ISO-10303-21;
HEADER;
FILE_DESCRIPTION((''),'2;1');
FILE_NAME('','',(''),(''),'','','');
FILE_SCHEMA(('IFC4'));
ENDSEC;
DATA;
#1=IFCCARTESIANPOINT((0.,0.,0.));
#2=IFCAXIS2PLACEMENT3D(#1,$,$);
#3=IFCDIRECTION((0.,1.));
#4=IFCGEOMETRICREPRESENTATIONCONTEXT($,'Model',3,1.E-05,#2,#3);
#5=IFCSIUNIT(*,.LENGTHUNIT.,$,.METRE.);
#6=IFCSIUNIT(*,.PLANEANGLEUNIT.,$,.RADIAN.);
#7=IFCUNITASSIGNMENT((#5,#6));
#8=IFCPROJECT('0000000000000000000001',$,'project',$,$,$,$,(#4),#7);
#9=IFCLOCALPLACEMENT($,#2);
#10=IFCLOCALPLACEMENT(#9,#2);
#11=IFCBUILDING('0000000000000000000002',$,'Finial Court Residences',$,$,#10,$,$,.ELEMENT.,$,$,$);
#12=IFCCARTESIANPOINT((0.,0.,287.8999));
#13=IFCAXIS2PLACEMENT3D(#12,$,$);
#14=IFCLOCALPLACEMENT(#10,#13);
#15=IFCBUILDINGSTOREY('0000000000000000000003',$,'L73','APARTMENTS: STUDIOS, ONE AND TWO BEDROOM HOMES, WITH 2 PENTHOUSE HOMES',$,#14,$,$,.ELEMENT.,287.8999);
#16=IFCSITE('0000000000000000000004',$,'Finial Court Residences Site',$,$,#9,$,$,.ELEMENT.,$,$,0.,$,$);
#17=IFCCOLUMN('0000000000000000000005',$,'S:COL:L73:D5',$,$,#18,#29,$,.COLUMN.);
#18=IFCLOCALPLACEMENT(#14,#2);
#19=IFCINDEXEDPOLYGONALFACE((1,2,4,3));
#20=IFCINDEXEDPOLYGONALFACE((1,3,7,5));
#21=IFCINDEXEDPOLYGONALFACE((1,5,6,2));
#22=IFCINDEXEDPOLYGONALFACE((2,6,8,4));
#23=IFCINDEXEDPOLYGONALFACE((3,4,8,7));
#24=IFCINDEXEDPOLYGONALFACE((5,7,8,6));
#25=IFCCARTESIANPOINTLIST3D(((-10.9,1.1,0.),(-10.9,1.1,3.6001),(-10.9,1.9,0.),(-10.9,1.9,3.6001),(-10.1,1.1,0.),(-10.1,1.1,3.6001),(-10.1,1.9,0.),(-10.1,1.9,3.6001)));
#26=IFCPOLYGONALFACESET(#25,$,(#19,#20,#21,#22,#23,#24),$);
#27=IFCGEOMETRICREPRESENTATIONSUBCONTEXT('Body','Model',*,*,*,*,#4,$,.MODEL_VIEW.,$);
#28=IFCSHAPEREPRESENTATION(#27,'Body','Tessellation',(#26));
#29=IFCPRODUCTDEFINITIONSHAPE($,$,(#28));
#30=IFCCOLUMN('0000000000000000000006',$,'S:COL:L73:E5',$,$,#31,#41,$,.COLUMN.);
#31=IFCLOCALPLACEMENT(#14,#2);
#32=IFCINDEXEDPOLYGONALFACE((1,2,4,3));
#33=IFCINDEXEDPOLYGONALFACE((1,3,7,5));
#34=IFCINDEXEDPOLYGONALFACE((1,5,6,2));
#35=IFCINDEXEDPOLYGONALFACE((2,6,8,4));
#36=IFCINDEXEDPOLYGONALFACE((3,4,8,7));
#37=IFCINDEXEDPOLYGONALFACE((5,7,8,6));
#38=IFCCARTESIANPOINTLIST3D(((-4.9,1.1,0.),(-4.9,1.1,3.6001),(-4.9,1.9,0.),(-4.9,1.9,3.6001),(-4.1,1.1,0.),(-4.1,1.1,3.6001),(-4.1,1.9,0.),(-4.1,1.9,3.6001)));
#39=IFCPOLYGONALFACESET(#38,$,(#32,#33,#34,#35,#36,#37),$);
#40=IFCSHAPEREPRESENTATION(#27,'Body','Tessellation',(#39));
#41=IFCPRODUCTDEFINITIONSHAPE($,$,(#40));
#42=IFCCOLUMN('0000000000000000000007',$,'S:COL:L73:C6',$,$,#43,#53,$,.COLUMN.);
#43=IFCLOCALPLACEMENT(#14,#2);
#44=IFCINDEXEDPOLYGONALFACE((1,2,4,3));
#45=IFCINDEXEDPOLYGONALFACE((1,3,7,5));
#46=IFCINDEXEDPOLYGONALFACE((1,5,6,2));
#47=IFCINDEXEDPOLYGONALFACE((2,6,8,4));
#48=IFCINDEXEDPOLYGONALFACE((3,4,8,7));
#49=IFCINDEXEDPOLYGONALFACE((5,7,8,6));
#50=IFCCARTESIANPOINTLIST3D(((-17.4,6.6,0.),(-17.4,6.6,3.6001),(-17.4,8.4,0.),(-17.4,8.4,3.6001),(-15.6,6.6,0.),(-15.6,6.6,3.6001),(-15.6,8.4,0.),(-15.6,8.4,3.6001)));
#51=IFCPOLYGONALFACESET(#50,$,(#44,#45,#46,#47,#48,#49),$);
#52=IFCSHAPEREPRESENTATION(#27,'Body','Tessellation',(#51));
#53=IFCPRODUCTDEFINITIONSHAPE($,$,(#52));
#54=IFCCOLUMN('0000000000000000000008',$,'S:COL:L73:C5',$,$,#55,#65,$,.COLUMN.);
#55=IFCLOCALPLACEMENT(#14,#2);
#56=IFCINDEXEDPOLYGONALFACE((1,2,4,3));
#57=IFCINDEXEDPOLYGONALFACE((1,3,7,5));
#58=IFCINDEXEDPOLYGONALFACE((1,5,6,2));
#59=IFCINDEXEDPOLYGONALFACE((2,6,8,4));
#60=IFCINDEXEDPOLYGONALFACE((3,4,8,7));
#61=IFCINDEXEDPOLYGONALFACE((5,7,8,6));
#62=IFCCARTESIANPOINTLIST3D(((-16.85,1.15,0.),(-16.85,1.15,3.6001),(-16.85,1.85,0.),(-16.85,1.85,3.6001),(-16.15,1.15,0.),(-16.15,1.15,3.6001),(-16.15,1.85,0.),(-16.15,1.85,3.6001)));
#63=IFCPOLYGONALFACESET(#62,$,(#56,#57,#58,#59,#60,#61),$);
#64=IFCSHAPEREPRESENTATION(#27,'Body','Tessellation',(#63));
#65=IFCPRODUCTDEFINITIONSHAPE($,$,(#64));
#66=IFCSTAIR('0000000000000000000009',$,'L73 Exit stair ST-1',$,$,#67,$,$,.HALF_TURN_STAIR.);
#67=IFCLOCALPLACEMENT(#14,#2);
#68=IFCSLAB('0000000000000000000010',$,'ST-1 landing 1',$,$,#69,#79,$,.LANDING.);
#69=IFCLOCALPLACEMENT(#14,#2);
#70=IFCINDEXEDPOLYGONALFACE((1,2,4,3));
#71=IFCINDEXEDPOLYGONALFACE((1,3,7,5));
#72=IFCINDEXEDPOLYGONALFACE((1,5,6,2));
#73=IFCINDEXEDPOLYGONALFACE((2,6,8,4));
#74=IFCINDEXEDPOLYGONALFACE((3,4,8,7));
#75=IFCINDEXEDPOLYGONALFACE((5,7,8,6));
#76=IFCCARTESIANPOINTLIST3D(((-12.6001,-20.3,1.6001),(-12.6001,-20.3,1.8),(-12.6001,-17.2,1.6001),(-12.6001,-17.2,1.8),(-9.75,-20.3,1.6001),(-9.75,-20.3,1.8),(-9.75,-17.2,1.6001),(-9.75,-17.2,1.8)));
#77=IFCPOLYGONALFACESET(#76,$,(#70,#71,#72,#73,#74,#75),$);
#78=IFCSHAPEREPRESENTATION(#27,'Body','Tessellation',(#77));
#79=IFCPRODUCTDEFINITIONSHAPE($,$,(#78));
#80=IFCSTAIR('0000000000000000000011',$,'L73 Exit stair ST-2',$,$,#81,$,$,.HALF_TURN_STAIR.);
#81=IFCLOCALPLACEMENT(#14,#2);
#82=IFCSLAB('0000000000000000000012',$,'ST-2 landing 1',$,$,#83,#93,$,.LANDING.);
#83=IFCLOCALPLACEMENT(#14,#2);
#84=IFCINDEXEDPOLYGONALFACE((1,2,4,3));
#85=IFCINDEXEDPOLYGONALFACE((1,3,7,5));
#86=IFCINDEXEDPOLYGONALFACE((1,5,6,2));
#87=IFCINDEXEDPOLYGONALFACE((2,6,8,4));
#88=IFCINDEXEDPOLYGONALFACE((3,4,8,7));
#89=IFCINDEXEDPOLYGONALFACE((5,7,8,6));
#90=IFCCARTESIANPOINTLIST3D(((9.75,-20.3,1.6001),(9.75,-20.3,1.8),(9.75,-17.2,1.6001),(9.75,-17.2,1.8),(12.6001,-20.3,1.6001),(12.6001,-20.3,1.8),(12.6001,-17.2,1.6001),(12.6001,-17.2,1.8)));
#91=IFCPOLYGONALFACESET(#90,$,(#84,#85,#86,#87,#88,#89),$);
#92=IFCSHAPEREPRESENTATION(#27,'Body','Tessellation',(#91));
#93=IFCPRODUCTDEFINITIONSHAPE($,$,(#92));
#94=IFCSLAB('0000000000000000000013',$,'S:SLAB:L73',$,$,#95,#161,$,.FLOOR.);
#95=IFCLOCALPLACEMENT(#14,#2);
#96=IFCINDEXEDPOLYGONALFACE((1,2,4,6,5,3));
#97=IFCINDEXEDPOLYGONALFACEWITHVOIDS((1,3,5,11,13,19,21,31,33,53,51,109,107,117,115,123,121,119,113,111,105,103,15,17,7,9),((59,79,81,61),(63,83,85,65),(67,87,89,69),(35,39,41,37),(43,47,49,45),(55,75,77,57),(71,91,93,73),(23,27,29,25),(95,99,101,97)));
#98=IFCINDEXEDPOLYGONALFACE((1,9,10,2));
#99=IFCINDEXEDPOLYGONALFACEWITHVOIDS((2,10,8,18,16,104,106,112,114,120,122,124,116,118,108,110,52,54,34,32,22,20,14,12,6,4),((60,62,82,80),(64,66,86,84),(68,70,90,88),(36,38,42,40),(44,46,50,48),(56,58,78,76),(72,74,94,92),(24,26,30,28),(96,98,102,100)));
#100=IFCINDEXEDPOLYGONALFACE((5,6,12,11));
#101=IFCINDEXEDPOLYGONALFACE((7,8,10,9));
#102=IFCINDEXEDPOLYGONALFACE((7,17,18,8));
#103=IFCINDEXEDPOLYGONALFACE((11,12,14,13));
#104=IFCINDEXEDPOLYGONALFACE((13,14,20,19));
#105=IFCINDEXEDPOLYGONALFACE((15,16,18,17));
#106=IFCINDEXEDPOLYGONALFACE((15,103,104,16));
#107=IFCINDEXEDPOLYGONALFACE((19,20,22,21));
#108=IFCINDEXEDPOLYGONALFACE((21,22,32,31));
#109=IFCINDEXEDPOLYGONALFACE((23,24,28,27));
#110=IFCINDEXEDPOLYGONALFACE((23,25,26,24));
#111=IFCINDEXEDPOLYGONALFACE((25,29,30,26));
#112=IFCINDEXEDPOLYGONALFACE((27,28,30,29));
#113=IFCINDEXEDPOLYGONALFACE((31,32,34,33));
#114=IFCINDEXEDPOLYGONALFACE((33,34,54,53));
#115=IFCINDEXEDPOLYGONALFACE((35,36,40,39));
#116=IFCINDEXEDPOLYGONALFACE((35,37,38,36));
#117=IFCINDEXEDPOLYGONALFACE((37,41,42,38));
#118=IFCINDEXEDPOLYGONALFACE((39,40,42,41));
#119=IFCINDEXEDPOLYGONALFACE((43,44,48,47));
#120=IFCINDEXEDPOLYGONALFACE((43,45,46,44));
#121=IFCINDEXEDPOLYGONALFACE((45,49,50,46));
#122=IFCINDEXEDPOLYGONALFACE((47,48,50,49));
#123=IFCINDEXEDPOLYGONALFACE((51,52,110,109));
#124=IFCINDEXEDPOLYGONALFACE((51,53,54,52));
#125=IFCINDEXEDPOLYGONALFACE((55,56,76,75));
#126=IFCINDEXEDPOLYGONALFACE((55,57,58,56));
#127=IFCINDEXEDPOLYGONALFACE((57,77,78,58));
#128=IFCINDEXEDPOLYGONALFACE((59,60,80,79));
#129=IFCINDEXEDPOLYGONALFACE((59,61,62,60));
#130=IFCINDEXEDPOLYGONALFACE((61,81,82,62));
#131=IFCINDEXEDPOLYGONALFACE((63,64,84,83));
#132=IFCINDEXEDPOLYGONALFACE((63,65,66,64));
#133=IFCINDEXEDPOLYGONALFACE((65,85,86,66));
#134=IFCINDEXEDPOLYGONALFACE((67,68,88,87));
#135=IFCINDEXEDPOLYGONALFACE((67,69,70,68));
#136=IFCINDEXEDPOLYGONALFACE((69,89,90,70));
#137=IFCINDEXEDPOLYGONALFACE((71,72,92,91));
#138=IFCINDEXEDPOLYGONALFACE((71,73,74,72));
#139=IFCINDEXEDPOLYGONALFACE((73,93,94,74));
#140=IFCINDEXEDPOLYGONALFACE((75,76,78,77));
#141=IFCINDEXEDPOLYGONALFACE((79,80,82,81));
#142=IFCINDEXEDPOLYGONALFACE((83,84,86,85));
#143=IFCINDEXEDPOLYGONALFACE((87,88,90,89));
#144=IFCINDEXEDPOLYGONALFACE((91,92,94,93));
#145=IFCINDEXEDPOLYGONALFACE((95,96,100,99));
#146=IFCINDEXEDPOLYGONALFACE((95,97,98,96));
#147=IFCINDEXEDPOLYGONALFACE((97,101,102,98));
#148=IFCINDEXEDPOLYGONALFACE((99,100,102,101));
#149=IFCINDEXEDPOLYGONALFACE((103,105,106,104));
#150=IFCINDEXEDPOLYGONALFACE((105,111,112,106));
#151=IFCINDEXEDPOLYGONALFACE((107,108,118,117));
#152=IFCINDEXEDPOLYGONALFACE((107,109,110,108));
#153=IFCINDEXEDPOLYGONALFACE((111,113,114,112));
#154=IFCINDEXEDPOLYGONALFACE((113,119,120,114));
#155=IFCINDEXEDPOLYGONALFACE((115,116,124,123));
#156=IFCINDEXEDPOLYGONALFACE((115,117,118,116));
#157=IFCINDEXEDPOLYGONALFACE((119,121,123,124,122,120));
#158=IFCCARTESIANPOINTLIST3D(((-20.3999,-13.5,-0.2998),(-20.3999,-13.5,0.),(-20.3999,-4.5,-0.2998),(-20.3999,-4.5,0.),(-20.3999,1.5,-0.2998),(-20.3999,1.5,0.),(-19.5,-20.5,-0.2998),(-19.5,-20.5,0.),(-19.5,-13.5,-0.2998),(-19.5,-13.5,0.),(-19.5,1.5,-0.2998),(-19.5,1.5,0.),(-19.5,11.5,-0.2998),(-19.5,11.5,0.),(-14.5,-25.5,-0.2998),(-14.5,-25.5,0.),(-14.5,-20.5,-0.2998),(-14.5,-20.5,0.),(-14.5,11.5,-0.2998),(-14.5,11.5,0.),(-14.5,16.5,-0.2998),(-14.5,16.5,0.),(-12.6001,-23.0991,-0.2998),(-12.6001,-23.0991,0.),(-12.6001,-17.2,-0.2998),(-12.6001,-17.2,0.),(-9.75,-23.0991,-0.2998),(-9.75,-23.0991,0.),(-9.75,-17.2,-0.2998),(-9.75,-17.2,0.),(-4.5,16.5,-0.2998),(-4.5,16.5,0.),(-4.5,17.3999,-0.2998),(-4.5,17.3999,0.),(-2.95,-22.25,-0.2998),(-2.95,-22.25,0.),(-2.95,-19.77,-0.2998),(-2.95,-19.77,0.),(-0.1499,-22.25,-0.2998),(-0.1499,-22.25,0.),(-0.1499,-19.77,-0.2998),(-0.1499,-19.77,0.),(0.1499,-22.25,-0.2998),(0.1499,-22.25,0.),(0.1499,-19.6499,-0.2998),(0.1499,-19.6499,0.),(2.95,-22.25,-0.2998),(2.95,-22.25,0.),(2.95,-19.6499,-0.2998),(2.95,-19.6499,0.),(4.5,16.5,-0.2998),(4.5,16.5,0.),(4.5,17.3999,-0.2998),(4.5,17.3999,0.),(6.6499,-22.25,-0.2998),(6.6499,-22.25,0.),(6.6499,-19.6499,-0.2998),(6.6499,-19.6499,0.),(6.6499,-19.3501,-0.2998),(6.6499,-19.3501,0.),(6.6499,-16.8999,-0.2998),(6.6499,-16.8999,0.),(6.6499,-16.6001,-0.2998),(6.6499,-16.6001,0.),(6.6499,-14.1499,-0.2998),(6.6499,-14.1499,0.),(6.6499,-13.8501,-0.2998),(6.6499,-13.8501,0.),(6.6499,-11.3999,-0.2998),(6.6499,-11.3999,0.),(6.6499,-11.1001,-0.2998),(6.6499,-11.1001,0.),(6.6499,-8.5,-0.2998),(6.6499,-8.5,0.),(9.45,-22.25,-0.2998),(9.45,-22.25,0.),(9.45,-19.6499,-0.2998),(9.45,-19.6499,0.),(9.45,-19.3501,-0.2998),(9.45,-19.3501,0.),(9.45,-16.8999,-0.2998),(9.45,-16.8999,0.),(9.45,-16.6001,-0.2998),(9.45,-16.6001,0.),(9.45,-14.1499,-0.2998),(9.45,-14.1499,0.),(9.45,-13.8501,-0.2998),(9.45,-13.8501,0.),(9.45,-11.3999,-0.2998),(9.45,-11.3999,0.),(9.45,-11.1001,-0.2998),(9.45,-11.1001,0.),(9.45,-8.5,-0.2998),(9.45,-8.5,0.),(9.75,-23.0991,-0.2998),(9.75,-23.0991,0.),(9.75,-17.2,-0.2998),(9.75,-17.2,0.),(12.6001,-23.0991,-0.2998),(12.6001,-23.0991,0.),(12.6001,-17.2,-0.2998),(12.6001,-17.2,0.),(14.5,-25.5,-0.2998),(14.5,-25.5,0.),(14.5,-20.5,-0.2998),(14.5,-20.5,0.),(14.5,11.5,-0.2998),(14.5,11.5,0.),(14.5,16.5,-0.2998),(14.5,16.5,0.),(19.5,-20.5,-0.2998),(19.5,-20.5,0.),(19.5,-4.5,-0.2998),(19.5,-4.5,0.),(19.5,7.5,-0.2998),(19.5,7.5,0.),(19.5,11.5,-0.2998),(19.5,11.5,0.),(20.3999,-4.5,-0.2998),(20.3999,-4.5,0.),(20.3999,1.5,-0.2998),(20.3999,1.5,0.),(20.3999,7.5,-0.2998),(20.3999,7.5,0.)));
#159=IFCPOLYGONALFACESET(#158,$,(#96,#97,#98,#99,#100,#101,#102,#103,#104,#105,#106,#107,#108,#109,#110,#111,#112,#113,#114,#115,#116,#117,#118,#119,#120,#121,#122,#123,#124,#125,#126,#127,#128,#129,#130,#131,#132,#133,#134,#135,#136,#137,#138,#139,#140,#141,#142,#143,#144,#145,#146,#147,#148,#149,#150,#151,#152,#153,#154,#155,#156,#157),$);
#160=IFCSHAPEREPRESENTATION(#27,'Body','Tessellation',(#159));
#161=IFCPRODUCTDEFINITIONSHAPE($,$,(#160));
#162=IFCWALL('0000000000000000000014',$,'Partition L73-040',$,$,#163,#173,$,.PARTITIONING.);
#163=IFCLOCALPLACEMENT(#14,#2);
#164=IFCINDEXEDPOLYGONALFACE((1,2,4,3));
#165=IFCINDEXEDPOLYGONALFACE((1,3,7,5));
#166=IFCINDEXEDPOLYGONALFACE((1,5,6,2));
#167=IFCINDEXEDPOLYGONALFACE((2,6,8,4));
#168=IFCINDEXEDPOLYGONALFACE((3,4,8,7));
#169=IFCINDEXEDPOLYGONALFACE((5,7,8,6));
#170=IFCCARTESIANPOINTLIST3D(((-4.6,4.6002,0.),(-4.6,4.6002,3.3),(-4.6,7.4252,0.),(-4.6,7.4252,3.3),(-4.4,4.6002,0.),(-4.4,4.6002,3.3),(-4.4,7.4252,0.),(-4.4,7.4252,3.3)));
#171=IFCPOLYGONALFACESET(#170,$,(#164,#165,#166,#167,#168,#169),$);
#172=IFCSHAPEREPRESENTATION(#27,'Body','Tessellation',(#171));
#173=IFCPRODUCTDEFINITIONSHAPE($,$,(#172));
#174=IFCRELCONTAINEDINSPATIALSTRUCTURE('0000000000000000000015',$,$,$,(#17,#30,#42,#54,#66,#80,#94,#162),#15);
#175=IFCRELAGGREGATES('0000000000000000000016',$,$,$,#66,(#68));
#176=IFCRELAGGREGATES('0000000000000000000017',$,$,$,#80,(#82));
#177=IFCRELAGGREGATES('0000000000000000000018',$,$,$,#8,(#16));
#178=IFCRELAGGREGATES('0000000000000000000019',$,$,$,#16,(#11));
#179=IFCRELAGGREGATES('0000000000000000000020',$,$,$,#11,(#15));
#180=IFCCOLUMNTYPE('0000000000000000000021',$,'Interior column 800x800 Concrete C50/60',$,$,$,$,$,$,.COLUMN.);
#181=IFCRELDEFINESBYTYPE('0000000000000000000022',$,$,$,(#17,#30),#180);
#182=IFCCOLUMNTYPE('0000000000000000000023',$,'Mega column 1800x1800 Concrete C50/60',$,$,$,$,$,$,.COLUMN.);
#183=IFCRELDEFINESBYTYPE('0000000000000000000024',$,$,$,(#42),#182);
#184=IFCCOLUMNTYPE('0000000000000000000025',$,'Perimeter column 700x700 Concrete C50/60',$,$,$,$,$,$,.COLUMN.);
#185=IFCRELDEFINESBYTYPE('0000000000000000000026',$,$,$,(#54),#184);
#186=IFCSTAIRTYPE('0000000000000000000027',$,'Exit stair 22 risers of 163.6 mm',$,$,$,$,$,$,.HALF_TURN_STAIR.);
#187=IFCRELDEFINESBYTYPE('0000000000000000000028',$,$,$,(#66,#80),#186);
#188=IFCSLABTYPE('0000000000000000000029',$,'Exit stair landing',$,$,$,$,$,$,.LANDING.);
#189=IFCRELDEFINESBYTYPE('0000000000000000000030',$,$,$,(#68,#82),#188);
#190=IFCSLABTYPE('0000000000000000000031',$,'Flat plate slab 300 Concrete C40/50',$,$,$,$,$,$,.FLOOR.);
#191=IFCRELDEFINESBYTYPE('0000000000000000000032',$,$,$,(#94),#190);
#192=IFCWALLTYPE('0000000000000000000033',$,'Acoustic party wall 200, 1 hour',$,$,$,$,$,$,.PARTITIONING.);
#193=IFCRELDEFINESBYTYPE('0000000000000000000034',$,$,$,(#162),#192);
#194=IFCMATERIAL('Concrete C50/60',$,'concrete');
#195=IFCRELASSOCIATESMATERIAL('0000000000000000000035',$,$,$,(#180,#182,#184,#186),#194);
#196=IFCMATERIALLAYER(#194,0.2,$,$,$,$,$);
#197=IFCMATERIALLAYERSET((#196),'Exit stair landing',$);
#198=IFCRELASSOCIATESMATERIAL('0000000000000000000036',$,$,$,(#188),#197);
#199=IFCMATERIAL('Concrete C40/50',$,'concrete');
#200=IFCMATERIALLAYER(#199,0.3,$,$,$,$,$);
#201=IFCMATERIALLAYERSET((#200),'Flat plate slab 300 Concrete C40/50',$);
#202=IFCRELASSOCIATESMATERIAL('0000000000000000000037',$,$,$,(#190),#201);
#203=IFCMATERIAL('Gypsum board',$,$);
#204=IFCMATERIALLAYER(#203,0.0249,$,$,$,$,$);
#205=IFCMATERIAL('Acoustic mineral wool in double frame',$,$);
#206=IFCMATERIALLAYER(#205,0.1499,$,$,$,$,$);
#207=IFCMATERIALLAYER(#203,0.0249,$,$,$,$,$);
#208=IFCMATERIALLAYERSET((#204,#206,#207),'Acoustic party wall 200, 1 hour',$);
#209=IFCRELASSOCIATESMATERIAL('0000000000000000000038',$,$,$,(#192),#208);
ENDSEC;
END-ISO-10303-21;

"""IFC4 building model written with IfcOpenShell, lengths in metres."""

from ifc_helpers import new_model, si_unit, direction, frame, frame_2d, origin, origin_2d, place, context, subcontext, project, spatial, polyline, rectangle, outline, extrude, material, layer, layer_set, material_profile, profile_set, type_object, element, aggregate, save


model = new_model("IFC4")

# Units and contexts
model_context = context("Model", 3, precision=1e-05, world=origin(), true_north=direction((0.0, 1.0)))
body_context = subcontext(model_context, "Body", "Model", "MODEL_VIEW")
ifc_project = project(units=[si_unit("LENGTHUNIT", "METRE"), si_unit("PLANEANGLEUNIT", "RADIAN")], contexts=[model_context])

# Site, building, storey
site_placement = place(None, origin())
site = spatial("IfcSite", under=ifc_project, at=site_placement, Name="Finial Court Residences Site", CompositionType="ELEMENT", RefElevation=0.0)
building_placement = place(site_placement, origin())
building = spatial("IfcBuilding", under=site, at=building_placement, Name="Finial Court Residences", CompositionType="ELEMENT")
storey_placement = place(building_placement, frame((0.0, 0.0, 287.8999)))
storey = spatial("IfcBuildingStorey", under=building, at=storey_placement, Name="L73", Description="APARTMENTS: STUDIOS, ONE AND TWO BEDROOM HOMES, WITH 2 PENTHOUSE HOMES", CompositionType="ELEMENT", Elevation=287.8999)

# Columns
ifc_material_1 = material(Name="Concrete C50/60", Category="concrete")
ifc_material_profile_1 = material_profile(ifc_material_1, rectangle(XDim=0.8, YDim=0.8, at=origin_2d()), Name="800x800")
ifc_profile_set_1 = profile_set([ifc_material_profile_1], Name="Concrete C50/60")
column_type_1 = type_object("IfcColumnType", Name="Interior column 800x800 Concrete C50/60", PredefinedType="COLUMN", material=ifc_profile_set_1)
for number, where, z_axis, x_axis, name in (
    (1, (-10.5, 1.5, 0.0), (0.0, 0.0, 1.0), (1.0, 0.0, 0.0), "S:COL:L73:D5"),
    (2, (-4.5, 1.5, 0.0), (0.0, 0.0, 1.0), (1.0, 0.0, 0.0), "S:COL:L73:E5"),
):
    element("IfcColumn", number, at=place(storey_placement, frame(where, z_axis=z_axis, x_axis=x_axis)), inside=storey, type_object=column_type_1, Name=name, PredefinedType="COLUMN", context=body_context, shape_type="SweptSolid", body=[
        extrude(rectangle(XDim=0.8, YDim=0.8, at=origin_2d()), origin(), (0.0, 0.0, 1.0), 3.6001),
    ])
ifc_material_profile_2 = material_profile(ifc_material_1, rectangle(XDim=1.8, YDim=1.8, at=origin_2d()), Name="1800x1800")
ifc_profile_set_2 = profile_set([ifc_material_profile_2], Name="Concrete C50/60")
column_type_2 = type_object("IfcColumnType", Name="Mega column 1800x1800 Concrete C50/60", PredefinedType="COLUMN", material=ifc_profile_set_2)
column_1_placement = place(storey_placement, frame((-16.5, 7.5, 0.0), z_axis=(0.0, 0.0, 1.0), x_axis=(1.0, 0.0, 0.0)))
element("IfcColumn", 3, at=column_1_placement, inside=storey, type_object=column_type_2, Name="S:COL:L73:C6", PredefinedType="COLUMN", context=body_context, shape_type="SweptSolid", body=[
    extrude(rectangle(XDim=1.8, YDim=1.8, at=origin_2d()), origin(), (0.0, 0.0, 1.0), 3.6001),
])
ifc_material_profile_3 = material_profile(ifc_material_1, rectangle(XDim=0.7, YDim=0.7, at=origin_2d()), Name="700x700")
ifc_profile_set_3 = profile_set([ifc_material_profile_3], Name="Concrete C50/60")
column_type_3 = type_object("IfcColumnType", Name="Perimeter column 700x700 Concrete C50/60", PredefinedType="COLUMN", material=ifc_profile_set_3)
column_2_placement = place(storey_placement, frame((-16.5, 1.5, 0.0), z_axis=(0.0, 0.0, 1.0), x_axis=(1.0, 0.0, 0.0)))
element("IfcColumn", 4, at=column_2_placement, inside=storey, type_object=column_type_3, Name="S:COL:L73:C5", PredefinedType="COLUMN", context=body_context, shape_type="SweptSolid", body=[
    extrude(rectangle(XDim=0.7, YDim=0.7, at=origin_2d()), origin(), (0.0, 0.0, 1.0), 3.6001),
])

# Stairs, slabs
stair_type = type_object("IfcStairType", Name="Exit stair 22 risers of 163.6 mm", PredefinedType="HALF_TURN_STAIR", material=ifc_material_1)
stair_1_placement = place(storey_placement, origin())
stair_1 = element("IfcStair", 5, at=stair_1_placement, inside=storey, type_object=stair_type, Name="L73 Exit stair ST-1", PredefinedType="HALF_TURN_STAIR")
ifc_layer_1 = layer(ifc_material_1, 0.2)
ifc_layer_set_1 = layer_set([ifc_layer_1], Name="Exit stair landing")
slab_type_1 = type_object("IfcSlabType", Name="Exit stair landing", PredefinedType="LANDING", material=ifc_layer_set_1)
slab_1_placement = place(storey_placement, frame((0.0, 0.0, 1.6001)))
slab_1 = element("IfcSlab", 6, at=slab_1_placement, type_object=slab_type_1, Name="ST-1 landing 1", PredefinedType="LANDING", context=body_context, shape_type="SweptSolid", body=[
    extrude(outline(polyline([(-9.75, -20.3), (-9.75, -17.2), (-12.6001, -17.2), (-12.6001, -20.3), (-9.75, -20.3)])), origin(), (0.0, 0.0, 1.0), 0.2),
])
aggregate(stair_1, [slab_1])
stair_2_placement = place(storey_placement, origin())
stair_2 = element("IfcStair", 7, at=stair_2_placement, inside=storey, type_object=stair_type, Name="L73 Exit stair ST-2", PredefinedType="HALF_TURN_STAIR")
slab_2_placement = place(storey_placement, frame((0.0, 0.0, 1.6001)))
slab_2 = element("IfcSlab", 8, at=slab_2_placement, type_object=slab_type_1, Name="ST-2 landing 1", PredefinedType="LANDING", context=body_context, shape_type="SweptSolid", body=[
    extrude(outline(polyline([(12.6001, -20.3), (12.6001, -17.2), (9.75, -17.2), (9.75, -20.3), (12.6001, -20.3)])), origin(), (0.0, 0.0, 1.0), 0.2),
])
aggregate(stair_2, [slab_2])

# Slab
ifc_material_2 = material(Name="Concrete C40/50", Category="concrete")
ifc_layer_2 = layer(ifc_material_2, 0.3)
ifc_layer_set_2 = layer_set([ifc_layer_2], Name="Flat plate slab 300 Concrete C40/50")
slab_type_2 = type_object("IfcSlabType", Name="Flat plate slab 300 Concrete C40/50", PredefinedType="FLOOR", material=ifc_layer_set_2)
slab_3_placement = place(storey_placement, frame((0.0, 0.0, -0.2998)))
element("IfcSlab", 9, at=slab_3_placement, inside=storey, type_object=slab_type_2, Name="S:SLAB:L73", PredefinedType="FLOOR", context=body_context, shape_type="SweptSolid", body=[
    extrude(outline(polyline([(-14.5, 11.5), (-14.5, 16.5), (-4.5, 16.5), (-4.5, 17.3999), (4.5, 17.3999), (4.5, 16.5), (14.5, 16.5), (14.5, 11.5), (19.5, 11.5), (19.5, 7.5), (20.3999, 7.5), (20.3999, 1.5), (20.3999, -4.5), (19.5, -4.5), (19.5, -20.5), (14.5, -20.5), (14.5, -25.5), (-14.5, -25.5), (-14.5, -20.5), (-19.5, -20.5), (-19.5, -13.5), (-20.3999, -13.5), (-20.3999, -4.5), (-20.3999, 1.5), (-19.5, 1.5), (-19.5, 11.5), (-14.5, 11.5)]), holes=[polyline([(-0.1499, -19.77), (-2.95, -19.77), (-2.95, -22.25), (-0.1499, -22.25), (-0.1499, -19.77)]), polyline([(2.95, -19.6499), (0.1499, -19.6499), (0.1499, -22.25), (2.95, -22.25), (2.95, -19.6499)]), polyline([(9.45, -19.6499), (6.6499, -19.6499), (6.6499, -22.25), (9.45, -22.25), (9.45, -19.6499)]), polyline([(-12.6001, -17.2), (-12.6001, -23.0991), (-9.75, -23.0991), (-9.75, -17.2), (-12.6001, -17.2)]), polyline([(9.75, -17.2), (9.75, -23.0991), (12.6001, -23.0991), (12.6001, -17.2), (9.75, -17.2)]), polyline([(9.45, -16.8999), (6.6499, -16.8999), (6.6499, -19.3501), (9.45, -19.3501), (9.45, -16.8999)]), polyline([(9.45, -14.1499), (6.6499, -14.1499), (6.6499, -16.6001), (9.45, -16.6001), (9.45, -14.1499)]), polyline([(9.45, -13.8501), (9.45, -11.3999), (6.6499, -11.3999), (6.6499, -13.8501), (9.45, -13.8501)]), polyline([(9.45, -11.1001), (9.45, -8.5), (6.6499, -8.5), (6.6499, -11.1001), (9.45, -11.1001)])]), origin(), (0.0, 0.0, 1.0), 0.2998),
])

# Wall
ifc_material_3 = material(Name="Gypsum board")
ifc_layer_3 = layer(ifc_material_3, 0.0249)
ifc_material_4 = material(Name="Acoustic mineral wool in double frame")
ifc_layer_4 = layer(ifc_material_4, 0.1499)
ifc_layer_5 = layer(ifc_material_3, 0.0249)
ifc_layer_set_3 = layer_set([ifc_layer_3, ifc_layer_4, ifc_layer_5], Name="Acoustic party wall 200, 1 hour")
wall_type_1 = type_object("IfcWallType", Name="Acoustic party wall 200, 1 hour", PredefinedType="PARTITIONING", material=ifc_layer_set_3)
wall_1_placement = place(storey_placement, frame((-4.5, 4.6001, 0.0), z_axis=(0.0, 0.0, 1.0), x_axis=(0.0, 1.0, 0.0)))
element("IfcWall", 10, at=wall_1_placement, inside=storey, type_object=wall_type_1, Name="Partition L73-040", PredefinedType="PARTITIONING", context=body_context, shape_type="SweptSolid", body=[
    extrude(rectangle(XDim=2.825, YDim=0.2, at=frame_2d((1.4126, 0.0))), origin(), (0.0, 0.0, 1.0), 3.3),
])

save(model, "model.ifc")
